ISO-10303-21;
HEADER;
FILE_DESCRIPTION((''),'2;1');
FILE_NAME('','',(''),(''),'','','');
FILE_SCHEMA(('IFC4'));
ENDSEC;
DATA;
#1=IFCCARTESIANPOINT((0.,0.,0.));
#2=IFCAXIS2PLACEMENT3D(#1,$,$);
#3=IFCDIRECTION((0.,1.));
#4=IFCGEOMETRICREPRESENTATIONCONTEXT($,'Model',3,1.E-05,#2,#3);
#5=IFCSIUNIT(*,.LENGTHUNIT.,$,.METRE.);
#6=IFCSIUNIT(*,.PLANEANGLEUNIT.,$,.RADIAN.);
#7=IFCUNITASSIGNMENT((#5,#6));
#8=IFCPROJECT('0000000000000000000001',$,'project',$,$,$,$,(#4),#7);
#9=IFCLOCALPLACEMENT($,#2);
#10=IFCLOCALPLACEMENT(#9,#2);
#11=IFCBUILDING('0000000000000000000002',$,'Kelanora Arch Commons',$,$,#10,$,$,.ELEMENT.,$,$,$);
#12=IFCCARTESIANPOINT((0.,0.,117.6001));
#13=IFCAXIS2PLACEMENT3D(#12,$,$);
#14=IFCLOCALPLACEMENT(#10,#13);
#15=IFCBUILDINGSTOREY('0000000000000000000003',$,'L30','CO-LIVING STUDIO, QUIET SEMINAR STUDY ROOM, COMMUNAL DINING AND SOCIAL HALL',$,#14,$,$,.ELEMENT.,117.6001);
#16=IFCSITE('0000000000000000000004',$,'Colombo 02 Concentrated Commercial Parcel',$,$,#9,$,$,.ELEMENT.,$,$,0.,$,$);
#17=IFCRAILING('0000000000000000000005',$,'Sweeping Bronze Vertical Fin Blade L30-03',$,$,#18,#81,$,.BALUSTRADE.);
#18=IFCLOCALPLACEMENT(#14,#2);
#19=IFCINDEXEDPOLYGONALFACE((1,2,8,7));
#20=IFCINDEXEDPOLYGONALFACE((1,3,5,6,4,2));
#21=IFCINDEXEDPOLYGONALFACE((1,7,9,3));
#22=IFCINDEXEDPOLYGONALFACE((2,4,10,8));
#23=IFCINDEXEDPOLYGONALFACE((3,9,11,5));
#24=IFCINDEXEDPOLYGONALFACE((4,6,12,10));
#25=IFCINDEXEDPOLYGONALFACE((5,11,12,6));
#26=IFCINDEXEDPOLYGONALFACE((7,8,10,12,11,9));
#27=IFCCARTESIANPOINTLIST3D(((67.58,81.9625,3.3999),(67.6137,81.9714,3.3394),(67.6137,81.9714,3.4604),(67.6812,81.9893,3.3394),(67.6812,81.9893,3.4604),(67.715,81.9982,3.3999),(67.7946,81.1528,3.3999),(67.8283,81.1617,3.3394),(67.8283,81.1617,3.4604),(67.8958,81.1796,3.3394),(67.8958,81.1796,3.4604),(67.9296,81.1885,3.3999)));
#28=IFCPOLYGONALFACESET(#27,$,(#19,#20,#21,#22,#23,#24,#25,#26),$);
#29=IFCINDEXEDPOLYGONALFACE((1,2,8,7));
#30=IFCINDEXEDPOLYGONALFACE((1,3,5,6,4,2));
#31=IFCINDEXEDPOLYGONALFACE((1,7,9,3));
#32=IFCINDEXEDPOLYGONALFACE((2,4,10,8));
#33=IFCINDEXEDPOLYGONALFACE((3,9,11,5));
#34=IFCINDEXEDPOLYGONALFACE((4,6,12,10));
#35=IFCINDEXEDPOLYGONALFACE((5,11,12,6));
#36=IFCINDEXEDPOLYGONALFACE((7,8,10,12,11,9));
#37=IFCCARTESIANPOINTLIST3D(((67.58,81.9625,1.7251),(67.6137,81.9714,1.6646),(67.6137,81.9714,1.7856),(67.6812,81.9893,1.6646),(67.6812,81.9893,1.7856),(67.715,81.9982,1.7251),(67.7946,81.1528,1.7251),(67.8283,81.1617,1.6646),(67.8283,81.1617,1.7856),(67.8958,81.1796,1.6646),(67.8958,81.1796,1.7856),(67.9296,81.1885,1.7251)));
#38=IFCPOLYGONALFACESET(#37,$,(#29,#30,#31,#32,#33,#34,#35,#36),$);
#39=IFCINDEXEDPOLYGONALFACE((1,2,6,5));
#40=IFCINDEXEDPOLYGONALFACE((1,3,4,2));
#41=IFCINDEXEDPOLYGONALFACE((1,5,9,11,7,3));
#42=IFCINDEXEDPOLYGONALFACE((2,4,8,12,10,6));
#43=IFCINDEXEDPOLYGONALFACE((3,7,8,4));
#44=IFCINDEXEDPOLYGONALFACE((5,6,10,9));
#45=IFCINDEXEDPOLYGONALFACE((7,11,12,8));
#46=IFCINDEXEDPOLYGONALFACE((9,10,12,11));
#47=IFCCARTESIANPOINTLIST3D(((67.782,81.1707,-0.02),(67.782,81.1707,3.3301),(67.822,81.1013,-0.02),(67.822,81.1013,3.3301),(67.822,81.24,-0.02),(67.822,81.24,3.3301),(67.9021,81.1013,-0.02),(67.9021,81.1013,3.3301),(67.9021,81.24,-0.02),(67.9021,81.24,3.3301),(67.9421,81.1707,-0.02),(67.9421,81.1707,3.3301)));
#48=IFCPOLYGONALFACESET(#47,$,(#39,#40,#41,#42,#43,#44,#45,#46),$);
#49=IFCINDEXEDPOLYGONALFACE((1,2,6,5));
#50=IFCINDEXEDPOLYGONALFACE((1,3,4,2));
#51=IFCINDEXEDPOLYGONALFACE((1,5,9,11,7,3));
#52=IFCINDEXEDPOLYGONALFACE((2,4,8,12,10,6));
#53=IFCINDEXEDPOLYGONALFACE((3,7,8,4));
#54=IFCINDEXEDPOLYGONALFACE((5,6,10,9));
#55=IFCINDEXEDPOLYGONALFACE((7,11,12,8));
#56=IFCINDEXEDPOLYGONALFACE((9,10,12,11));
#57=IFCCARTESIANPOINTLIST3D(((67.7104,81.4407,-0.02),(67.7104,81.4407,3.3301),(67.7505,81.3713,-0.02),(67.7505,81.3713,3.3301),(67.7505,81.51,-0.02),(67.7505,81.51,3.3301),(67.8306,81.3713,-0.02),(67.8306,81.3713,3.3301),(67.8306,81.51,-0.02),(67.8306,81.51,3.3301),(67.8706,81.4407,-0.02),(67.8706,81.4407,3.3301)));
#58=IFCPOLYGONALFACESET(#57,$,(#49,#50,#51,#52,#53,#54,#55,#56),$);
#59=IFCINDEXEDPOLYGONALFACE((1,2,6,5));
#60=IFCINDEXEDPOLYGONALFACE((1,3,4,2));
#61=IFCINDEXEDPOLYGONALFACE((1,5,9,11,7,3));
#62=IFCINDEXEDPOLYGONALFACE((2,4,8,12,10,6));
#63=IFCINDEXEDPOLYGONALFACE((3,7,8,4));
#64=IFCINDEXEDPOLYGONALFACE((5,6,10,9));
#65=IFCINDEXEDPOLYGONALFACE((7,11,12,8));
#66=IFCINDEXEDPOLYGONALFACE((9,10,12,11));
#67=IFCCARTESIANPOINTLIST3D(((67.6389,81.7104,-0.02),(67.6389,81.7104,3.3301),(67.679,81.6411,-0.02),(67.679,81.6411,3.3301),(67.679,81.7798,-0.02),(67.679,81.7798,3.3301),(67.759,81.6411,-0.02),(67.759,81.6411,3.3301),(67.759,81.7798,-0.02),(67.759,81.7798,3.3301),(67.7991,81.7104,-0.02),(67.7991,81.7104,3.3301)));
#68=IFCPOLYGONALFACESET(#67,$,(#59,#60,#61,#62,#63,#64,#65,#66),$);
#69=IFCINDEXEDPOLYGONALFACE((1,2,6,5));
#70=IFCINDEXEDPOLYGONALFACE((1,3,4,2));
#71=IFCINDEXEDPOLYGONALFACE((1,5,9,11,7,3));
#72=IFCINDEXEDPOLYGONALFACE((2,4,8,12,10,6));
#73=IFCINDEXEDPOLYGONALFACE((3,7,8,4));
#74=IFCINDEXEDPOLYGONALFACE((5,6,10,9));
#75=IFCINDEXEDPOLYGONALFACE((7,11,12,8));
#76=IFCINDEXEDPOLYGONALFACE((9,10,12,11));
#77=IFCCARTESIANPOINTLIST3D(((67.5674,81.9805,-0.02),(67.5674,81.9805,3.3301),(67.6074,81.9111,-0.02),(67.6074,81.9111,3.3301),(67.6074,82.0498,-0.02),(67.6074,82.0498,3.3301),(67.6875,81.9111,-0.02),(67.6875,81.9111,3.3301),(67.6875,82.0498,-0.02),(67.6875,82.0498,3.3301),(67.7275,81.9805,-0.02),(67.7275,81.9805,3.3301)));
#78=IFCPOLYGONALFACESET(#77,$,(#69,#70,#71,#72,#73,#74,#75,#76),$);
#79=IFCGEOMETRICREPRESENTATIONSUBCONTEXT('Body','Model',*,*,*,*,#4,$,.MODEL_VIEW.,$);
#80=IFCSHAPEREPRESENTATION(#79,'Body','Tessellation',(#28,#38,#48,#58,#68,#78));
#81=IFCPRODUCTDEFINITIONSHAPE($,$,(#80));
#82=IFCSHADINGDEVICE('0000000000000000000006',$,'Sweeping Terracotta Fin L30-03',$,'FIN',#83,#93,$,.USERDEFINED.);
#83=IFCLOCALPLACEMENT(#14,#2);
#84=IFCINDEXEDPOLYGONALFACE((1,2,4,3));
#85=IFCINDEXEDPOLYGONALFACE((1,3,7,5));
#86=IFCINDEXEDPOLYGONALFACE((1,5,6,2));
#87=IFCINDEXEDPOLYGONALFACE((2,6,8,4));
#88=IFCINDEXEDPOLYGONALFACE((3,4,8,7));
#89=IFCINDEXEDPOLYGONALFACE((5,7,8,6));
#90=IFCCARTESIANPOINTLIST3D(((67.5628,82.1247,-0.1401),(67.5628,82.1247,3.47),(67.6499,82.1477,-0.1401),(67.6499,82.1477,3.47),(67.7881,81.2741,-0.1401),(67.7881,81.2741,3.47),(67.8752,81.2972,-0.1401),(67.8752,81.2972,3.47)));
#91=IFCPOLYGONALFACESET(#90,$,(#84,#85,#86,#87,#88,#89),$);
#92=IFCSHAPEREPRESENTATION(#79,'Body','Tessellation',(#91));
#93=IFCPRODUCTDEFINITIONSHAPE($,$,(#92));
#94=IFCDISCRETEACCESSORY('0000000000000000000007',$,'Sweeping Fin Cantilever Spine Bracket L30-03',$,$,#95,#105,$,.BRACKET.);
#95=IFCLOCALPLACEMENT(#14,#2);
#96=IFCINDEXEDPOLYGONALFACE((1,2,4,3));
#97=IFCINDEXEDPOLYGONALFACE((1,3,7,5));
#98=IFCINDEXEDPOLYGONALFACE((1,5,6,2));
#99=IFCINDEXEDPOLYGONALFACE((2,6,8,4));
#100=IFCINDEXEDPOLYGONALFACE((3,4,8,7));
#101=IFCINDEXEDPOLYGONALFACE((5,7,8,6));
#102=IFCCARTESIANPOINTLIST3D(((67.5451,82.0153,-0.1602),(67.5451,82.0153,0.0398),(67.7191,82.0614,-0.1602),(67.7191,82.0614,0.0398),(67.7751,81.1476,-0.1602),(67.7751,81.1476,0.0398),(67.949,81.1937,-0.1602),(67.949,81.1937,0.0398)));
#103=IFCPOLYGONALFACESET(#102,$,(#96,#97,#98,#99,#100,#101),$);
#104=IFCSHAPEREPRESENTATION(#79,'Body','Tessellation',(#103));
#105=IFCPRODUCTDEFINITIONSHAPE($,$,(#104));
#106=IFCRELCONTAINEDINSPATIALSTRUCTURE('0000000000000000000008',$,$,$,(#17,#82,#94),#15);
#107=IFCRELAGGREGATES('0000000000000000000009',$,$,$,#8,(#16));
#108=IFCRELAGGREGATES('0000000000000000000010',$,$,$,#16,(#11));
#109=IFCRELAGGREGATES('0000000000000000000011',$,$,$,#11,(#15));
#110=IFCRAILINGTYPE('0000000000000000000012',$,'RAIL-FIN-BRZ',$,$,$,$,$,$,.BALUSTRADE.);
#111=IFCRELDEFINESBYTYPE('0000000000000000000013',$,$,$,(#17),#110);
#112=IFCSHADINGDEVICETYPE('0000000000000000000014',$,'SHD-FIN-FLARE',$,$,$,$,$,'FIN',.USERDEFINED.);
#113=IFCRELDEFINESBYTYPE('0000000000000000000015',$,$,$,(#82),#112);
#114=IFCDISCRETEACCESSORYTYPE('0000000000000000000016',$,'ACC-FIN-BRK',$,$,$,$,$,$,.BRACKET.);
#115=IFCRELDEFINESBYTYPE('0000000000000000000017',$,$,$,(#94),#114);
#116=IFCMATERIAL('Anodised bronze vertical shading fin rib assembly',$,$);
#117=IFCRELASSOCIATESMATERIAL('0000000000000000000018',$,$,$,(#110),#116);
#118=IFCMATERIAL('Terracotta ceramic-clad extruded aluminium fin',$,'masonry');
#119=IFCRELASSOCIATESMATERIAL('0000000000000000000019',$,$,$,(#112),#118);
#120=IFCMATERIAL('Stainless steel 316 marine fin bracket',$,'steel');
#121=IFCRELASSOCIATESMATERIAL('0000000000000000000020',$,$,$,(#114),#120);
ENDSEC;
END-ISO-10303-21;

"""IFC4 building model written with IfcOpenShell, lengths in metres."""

from ifc_helpers import new_model, si_unit, direction, frame, origin, origin_2d, place, context, subcontext, project, spatial, polyline, rectangle, outline, extrude, source, transform, mapped, material, type_object, element, save


model = new_model("IFC4")

# Units and contexts
model_context = context("Model", 3, precision=1e-05, world=origin(), true_north=direction((0.0, 1.0)))
body_context = subcontext(model_context, "Body", "Model", "MODEL_VIEW")
ifc_project = project(units=[si_unit("LENGTHUNIT", "METRE"), si_unit("PLANEANGLEUNIT", "RADIAN")], contexts=[model_context])

# Site, building, storey
site_placement = place(None, origin())
site = spatial("IfcSite", under=ifc_project, at=site_placement, Name="Colombo 02 Concentrated Commercial Parcel", CompositionType="ELEMENT", RefElevation=0.0)
building_placement = place(site_placement, origin())
building = spatial("IfcBuilding", under=site, at=building_placement, Name="Kelanora Arch Commons", CompositionType="ELEMENT")
storey_placement = place(building_placement, frame((0.0, 0.0, 117.6001)))
storey = spatial("IfcBuildingStorey", under=building, at=storey_placement, Name="L30", Description="CO-LIVING STUDIO, QUIET SEMINAR STUDY ROOM, COMMUNAL DINING AND SOCIAL HALL", CompositionType="ELEMENT", Elevation=117.6001)

# Railing
ifc_material_1 = material(Name="Anodised bronze vertical shading fin rib assembly")
railing_type = type_object("IfcRailingType", Name="RAIL-FIN-BRZ", PredefinedType="BALUSTRADE", material=ifc_material_1)
railing_placement = place(storey_placement, frame((67.8621, 81.1707, -0.02)))
element("IfcRailing", 1, at=railing_placement, inside=storey, type_object=railing_type, Name="Sweeping Bronze Vertical Fin Blade L30-03", PredefinedType="BALUSTRADE", context=body_context, shape_type="SweptSolid", body=[
    extrude(outline(polyline([(0.0698, 0.0), (0.0349, 0.0605), (-0.0349, 0.0605), (-0.0698, 0.0), (-0.0349, -0.0605), (0.0349, -0.0605), (0.0698, 0.0)])), frame((0.0, 0.0, 3.4199), z_axis=(-0.256157, 0.966635, 0.0), x_axis=(-0.966635, -0.256157, 0.0)), (0.0, 0.0, 1.0), 0.8376),
    extrude(outline(polyline([(0.0698, 0.0), (0.0349, 0.0605), (-0.0349, 0.0605), (-0.0698, 0.0), (-0.0349, -0.0605), (0.0349, -0.0605), (0.0698, 0.0)])), frame((0.0, 0.0, 1.7451), z_axis=(-0.256157, 0.966635, 0.0), x_axis=(-0.966635, -0.256157, 0.0)), (0.0, 0.0, 1.0), 0.8376),
    extrude(outline(polyline([(0.0801, 0.0), (0.04, 0.0693), (-0.04, 0.0693), (-0.0801, 0.0), (-0.04, -0.0693), (0.04, -0.0693), (0.0801, 0.0)])), origin(), (0.0, 0.0, 1.0), 3.3501),
    extrude(outline(polyline([(0.0801, 0.0), (0.04, 0.0693), (-0.04, 0.0693), (-0.0801, 0.0), (-0.04, -0.0693), (0.04, -0.0693), (0.0801, 0.0)])), frame((-0.0715, 0.27, 0.0)), (0.0, 0.0, 1.0), 3.3501),
    extrude(outline(polyline([(0.0801, 0.0), (0.04, 0.0693), (-0.04, 0.0693), (-0.0801, 0.0), (-0.04, -0.0693), (0.04, -0.0693), (0.0801, 0.0)])), frame((-0.1431, 0.5398, 0.0)), (0.0, 0.0, 1.0), 3.3501),
    extrude(outline(polyline([(0.0801, 0.0), (0.04, 0.0693), (-0.04, 0.0693), (-0.0801, 0.0), (-0.04, -0.0693), (0.04, -0.0693), (0.0801, 0.0)])), frame((-0.2146, 0.8098, 0.0)), (0.0, 0.0, 1.0), 3.3501),
])

# Shading device
ifc_material_2 = material(Name="Terracotta ceramic-clad extruded aluminium fin", Category="masonry")
shading_device_type = type_object("IfcShadingDeviceType", Name="SHD-FIN-FLARE", ElementType="FIN", PredefinedType="USERDEFINED", material=ifc_material_2)
shared_shape_1 = source(origin(), body_context, "Body", "SweptSolid", [
    extrude(rectangle(XDim=0.8799, YDim=0.0901, at=origin_2d()), origin(), (0.0, 0.0, 1.0), 3.6101),
])
shading_device_placement = place(storey_placement, frame((67.719, 81.7109, -0.1401), z_axis=(0.0, 0.0, 1.0), x_axis=(-0.256121, 0.966645, 0.0)))
element("IfcShadingDevice", 2, at=shading_device_placement, inside=storey, type_object=shading_device_type, Name="Sweeping Terracotta Fin L30-03", ObjectType="FIN", PredefinedType="USERDEFINED", context=body_context, shape_type="MappedRepresentation", body=[
    mapped(shared_shape_1, transform((0.0, 0.0, 0.0), scale=1.0)),
])

# Discrete accessory
ifc_material_3 = material(Name="Stainless steel 316 marine fin bracket", Category="steel")
discrete_accessory_type = type_object("IfcDiscreteAccessoryType", Name="ACC-FIN-BRK", PredefinedType="BRACKET", material=ifc_material_3)
shared_shape_2 = source(origin(), body_context, "Body", "SweptSolid", [
    extrude(rectangle(XDim=0.8977, YDim=0.1799, at=origin_2d()), origin(), (0.0, 0.0, 1.0), 0.2),
])
discrete_accessory_placement = place(storey_placement, frame((67.7471, 81.6045, -0.1602), z_axis=(0.0, 0.0, 1.0), x_axis=(-0.256121, 0.966645, 0.0)))
element("IfcDiscreteAccessory", 3, at=discrete_accessory_placement, inside=storey, type_object=discrete_accessory_type, Name="Sweeping Fin Cantilever Spine Bracket L30-03", PredefinedType="BRACKET", context=body_context, shape_type="MappedRepresentation", body=[
    mapped(shared_shape_2, transform((0.0, 0.0, 0.0), scale=1.0)),
])

save(model, "model.ifc")
